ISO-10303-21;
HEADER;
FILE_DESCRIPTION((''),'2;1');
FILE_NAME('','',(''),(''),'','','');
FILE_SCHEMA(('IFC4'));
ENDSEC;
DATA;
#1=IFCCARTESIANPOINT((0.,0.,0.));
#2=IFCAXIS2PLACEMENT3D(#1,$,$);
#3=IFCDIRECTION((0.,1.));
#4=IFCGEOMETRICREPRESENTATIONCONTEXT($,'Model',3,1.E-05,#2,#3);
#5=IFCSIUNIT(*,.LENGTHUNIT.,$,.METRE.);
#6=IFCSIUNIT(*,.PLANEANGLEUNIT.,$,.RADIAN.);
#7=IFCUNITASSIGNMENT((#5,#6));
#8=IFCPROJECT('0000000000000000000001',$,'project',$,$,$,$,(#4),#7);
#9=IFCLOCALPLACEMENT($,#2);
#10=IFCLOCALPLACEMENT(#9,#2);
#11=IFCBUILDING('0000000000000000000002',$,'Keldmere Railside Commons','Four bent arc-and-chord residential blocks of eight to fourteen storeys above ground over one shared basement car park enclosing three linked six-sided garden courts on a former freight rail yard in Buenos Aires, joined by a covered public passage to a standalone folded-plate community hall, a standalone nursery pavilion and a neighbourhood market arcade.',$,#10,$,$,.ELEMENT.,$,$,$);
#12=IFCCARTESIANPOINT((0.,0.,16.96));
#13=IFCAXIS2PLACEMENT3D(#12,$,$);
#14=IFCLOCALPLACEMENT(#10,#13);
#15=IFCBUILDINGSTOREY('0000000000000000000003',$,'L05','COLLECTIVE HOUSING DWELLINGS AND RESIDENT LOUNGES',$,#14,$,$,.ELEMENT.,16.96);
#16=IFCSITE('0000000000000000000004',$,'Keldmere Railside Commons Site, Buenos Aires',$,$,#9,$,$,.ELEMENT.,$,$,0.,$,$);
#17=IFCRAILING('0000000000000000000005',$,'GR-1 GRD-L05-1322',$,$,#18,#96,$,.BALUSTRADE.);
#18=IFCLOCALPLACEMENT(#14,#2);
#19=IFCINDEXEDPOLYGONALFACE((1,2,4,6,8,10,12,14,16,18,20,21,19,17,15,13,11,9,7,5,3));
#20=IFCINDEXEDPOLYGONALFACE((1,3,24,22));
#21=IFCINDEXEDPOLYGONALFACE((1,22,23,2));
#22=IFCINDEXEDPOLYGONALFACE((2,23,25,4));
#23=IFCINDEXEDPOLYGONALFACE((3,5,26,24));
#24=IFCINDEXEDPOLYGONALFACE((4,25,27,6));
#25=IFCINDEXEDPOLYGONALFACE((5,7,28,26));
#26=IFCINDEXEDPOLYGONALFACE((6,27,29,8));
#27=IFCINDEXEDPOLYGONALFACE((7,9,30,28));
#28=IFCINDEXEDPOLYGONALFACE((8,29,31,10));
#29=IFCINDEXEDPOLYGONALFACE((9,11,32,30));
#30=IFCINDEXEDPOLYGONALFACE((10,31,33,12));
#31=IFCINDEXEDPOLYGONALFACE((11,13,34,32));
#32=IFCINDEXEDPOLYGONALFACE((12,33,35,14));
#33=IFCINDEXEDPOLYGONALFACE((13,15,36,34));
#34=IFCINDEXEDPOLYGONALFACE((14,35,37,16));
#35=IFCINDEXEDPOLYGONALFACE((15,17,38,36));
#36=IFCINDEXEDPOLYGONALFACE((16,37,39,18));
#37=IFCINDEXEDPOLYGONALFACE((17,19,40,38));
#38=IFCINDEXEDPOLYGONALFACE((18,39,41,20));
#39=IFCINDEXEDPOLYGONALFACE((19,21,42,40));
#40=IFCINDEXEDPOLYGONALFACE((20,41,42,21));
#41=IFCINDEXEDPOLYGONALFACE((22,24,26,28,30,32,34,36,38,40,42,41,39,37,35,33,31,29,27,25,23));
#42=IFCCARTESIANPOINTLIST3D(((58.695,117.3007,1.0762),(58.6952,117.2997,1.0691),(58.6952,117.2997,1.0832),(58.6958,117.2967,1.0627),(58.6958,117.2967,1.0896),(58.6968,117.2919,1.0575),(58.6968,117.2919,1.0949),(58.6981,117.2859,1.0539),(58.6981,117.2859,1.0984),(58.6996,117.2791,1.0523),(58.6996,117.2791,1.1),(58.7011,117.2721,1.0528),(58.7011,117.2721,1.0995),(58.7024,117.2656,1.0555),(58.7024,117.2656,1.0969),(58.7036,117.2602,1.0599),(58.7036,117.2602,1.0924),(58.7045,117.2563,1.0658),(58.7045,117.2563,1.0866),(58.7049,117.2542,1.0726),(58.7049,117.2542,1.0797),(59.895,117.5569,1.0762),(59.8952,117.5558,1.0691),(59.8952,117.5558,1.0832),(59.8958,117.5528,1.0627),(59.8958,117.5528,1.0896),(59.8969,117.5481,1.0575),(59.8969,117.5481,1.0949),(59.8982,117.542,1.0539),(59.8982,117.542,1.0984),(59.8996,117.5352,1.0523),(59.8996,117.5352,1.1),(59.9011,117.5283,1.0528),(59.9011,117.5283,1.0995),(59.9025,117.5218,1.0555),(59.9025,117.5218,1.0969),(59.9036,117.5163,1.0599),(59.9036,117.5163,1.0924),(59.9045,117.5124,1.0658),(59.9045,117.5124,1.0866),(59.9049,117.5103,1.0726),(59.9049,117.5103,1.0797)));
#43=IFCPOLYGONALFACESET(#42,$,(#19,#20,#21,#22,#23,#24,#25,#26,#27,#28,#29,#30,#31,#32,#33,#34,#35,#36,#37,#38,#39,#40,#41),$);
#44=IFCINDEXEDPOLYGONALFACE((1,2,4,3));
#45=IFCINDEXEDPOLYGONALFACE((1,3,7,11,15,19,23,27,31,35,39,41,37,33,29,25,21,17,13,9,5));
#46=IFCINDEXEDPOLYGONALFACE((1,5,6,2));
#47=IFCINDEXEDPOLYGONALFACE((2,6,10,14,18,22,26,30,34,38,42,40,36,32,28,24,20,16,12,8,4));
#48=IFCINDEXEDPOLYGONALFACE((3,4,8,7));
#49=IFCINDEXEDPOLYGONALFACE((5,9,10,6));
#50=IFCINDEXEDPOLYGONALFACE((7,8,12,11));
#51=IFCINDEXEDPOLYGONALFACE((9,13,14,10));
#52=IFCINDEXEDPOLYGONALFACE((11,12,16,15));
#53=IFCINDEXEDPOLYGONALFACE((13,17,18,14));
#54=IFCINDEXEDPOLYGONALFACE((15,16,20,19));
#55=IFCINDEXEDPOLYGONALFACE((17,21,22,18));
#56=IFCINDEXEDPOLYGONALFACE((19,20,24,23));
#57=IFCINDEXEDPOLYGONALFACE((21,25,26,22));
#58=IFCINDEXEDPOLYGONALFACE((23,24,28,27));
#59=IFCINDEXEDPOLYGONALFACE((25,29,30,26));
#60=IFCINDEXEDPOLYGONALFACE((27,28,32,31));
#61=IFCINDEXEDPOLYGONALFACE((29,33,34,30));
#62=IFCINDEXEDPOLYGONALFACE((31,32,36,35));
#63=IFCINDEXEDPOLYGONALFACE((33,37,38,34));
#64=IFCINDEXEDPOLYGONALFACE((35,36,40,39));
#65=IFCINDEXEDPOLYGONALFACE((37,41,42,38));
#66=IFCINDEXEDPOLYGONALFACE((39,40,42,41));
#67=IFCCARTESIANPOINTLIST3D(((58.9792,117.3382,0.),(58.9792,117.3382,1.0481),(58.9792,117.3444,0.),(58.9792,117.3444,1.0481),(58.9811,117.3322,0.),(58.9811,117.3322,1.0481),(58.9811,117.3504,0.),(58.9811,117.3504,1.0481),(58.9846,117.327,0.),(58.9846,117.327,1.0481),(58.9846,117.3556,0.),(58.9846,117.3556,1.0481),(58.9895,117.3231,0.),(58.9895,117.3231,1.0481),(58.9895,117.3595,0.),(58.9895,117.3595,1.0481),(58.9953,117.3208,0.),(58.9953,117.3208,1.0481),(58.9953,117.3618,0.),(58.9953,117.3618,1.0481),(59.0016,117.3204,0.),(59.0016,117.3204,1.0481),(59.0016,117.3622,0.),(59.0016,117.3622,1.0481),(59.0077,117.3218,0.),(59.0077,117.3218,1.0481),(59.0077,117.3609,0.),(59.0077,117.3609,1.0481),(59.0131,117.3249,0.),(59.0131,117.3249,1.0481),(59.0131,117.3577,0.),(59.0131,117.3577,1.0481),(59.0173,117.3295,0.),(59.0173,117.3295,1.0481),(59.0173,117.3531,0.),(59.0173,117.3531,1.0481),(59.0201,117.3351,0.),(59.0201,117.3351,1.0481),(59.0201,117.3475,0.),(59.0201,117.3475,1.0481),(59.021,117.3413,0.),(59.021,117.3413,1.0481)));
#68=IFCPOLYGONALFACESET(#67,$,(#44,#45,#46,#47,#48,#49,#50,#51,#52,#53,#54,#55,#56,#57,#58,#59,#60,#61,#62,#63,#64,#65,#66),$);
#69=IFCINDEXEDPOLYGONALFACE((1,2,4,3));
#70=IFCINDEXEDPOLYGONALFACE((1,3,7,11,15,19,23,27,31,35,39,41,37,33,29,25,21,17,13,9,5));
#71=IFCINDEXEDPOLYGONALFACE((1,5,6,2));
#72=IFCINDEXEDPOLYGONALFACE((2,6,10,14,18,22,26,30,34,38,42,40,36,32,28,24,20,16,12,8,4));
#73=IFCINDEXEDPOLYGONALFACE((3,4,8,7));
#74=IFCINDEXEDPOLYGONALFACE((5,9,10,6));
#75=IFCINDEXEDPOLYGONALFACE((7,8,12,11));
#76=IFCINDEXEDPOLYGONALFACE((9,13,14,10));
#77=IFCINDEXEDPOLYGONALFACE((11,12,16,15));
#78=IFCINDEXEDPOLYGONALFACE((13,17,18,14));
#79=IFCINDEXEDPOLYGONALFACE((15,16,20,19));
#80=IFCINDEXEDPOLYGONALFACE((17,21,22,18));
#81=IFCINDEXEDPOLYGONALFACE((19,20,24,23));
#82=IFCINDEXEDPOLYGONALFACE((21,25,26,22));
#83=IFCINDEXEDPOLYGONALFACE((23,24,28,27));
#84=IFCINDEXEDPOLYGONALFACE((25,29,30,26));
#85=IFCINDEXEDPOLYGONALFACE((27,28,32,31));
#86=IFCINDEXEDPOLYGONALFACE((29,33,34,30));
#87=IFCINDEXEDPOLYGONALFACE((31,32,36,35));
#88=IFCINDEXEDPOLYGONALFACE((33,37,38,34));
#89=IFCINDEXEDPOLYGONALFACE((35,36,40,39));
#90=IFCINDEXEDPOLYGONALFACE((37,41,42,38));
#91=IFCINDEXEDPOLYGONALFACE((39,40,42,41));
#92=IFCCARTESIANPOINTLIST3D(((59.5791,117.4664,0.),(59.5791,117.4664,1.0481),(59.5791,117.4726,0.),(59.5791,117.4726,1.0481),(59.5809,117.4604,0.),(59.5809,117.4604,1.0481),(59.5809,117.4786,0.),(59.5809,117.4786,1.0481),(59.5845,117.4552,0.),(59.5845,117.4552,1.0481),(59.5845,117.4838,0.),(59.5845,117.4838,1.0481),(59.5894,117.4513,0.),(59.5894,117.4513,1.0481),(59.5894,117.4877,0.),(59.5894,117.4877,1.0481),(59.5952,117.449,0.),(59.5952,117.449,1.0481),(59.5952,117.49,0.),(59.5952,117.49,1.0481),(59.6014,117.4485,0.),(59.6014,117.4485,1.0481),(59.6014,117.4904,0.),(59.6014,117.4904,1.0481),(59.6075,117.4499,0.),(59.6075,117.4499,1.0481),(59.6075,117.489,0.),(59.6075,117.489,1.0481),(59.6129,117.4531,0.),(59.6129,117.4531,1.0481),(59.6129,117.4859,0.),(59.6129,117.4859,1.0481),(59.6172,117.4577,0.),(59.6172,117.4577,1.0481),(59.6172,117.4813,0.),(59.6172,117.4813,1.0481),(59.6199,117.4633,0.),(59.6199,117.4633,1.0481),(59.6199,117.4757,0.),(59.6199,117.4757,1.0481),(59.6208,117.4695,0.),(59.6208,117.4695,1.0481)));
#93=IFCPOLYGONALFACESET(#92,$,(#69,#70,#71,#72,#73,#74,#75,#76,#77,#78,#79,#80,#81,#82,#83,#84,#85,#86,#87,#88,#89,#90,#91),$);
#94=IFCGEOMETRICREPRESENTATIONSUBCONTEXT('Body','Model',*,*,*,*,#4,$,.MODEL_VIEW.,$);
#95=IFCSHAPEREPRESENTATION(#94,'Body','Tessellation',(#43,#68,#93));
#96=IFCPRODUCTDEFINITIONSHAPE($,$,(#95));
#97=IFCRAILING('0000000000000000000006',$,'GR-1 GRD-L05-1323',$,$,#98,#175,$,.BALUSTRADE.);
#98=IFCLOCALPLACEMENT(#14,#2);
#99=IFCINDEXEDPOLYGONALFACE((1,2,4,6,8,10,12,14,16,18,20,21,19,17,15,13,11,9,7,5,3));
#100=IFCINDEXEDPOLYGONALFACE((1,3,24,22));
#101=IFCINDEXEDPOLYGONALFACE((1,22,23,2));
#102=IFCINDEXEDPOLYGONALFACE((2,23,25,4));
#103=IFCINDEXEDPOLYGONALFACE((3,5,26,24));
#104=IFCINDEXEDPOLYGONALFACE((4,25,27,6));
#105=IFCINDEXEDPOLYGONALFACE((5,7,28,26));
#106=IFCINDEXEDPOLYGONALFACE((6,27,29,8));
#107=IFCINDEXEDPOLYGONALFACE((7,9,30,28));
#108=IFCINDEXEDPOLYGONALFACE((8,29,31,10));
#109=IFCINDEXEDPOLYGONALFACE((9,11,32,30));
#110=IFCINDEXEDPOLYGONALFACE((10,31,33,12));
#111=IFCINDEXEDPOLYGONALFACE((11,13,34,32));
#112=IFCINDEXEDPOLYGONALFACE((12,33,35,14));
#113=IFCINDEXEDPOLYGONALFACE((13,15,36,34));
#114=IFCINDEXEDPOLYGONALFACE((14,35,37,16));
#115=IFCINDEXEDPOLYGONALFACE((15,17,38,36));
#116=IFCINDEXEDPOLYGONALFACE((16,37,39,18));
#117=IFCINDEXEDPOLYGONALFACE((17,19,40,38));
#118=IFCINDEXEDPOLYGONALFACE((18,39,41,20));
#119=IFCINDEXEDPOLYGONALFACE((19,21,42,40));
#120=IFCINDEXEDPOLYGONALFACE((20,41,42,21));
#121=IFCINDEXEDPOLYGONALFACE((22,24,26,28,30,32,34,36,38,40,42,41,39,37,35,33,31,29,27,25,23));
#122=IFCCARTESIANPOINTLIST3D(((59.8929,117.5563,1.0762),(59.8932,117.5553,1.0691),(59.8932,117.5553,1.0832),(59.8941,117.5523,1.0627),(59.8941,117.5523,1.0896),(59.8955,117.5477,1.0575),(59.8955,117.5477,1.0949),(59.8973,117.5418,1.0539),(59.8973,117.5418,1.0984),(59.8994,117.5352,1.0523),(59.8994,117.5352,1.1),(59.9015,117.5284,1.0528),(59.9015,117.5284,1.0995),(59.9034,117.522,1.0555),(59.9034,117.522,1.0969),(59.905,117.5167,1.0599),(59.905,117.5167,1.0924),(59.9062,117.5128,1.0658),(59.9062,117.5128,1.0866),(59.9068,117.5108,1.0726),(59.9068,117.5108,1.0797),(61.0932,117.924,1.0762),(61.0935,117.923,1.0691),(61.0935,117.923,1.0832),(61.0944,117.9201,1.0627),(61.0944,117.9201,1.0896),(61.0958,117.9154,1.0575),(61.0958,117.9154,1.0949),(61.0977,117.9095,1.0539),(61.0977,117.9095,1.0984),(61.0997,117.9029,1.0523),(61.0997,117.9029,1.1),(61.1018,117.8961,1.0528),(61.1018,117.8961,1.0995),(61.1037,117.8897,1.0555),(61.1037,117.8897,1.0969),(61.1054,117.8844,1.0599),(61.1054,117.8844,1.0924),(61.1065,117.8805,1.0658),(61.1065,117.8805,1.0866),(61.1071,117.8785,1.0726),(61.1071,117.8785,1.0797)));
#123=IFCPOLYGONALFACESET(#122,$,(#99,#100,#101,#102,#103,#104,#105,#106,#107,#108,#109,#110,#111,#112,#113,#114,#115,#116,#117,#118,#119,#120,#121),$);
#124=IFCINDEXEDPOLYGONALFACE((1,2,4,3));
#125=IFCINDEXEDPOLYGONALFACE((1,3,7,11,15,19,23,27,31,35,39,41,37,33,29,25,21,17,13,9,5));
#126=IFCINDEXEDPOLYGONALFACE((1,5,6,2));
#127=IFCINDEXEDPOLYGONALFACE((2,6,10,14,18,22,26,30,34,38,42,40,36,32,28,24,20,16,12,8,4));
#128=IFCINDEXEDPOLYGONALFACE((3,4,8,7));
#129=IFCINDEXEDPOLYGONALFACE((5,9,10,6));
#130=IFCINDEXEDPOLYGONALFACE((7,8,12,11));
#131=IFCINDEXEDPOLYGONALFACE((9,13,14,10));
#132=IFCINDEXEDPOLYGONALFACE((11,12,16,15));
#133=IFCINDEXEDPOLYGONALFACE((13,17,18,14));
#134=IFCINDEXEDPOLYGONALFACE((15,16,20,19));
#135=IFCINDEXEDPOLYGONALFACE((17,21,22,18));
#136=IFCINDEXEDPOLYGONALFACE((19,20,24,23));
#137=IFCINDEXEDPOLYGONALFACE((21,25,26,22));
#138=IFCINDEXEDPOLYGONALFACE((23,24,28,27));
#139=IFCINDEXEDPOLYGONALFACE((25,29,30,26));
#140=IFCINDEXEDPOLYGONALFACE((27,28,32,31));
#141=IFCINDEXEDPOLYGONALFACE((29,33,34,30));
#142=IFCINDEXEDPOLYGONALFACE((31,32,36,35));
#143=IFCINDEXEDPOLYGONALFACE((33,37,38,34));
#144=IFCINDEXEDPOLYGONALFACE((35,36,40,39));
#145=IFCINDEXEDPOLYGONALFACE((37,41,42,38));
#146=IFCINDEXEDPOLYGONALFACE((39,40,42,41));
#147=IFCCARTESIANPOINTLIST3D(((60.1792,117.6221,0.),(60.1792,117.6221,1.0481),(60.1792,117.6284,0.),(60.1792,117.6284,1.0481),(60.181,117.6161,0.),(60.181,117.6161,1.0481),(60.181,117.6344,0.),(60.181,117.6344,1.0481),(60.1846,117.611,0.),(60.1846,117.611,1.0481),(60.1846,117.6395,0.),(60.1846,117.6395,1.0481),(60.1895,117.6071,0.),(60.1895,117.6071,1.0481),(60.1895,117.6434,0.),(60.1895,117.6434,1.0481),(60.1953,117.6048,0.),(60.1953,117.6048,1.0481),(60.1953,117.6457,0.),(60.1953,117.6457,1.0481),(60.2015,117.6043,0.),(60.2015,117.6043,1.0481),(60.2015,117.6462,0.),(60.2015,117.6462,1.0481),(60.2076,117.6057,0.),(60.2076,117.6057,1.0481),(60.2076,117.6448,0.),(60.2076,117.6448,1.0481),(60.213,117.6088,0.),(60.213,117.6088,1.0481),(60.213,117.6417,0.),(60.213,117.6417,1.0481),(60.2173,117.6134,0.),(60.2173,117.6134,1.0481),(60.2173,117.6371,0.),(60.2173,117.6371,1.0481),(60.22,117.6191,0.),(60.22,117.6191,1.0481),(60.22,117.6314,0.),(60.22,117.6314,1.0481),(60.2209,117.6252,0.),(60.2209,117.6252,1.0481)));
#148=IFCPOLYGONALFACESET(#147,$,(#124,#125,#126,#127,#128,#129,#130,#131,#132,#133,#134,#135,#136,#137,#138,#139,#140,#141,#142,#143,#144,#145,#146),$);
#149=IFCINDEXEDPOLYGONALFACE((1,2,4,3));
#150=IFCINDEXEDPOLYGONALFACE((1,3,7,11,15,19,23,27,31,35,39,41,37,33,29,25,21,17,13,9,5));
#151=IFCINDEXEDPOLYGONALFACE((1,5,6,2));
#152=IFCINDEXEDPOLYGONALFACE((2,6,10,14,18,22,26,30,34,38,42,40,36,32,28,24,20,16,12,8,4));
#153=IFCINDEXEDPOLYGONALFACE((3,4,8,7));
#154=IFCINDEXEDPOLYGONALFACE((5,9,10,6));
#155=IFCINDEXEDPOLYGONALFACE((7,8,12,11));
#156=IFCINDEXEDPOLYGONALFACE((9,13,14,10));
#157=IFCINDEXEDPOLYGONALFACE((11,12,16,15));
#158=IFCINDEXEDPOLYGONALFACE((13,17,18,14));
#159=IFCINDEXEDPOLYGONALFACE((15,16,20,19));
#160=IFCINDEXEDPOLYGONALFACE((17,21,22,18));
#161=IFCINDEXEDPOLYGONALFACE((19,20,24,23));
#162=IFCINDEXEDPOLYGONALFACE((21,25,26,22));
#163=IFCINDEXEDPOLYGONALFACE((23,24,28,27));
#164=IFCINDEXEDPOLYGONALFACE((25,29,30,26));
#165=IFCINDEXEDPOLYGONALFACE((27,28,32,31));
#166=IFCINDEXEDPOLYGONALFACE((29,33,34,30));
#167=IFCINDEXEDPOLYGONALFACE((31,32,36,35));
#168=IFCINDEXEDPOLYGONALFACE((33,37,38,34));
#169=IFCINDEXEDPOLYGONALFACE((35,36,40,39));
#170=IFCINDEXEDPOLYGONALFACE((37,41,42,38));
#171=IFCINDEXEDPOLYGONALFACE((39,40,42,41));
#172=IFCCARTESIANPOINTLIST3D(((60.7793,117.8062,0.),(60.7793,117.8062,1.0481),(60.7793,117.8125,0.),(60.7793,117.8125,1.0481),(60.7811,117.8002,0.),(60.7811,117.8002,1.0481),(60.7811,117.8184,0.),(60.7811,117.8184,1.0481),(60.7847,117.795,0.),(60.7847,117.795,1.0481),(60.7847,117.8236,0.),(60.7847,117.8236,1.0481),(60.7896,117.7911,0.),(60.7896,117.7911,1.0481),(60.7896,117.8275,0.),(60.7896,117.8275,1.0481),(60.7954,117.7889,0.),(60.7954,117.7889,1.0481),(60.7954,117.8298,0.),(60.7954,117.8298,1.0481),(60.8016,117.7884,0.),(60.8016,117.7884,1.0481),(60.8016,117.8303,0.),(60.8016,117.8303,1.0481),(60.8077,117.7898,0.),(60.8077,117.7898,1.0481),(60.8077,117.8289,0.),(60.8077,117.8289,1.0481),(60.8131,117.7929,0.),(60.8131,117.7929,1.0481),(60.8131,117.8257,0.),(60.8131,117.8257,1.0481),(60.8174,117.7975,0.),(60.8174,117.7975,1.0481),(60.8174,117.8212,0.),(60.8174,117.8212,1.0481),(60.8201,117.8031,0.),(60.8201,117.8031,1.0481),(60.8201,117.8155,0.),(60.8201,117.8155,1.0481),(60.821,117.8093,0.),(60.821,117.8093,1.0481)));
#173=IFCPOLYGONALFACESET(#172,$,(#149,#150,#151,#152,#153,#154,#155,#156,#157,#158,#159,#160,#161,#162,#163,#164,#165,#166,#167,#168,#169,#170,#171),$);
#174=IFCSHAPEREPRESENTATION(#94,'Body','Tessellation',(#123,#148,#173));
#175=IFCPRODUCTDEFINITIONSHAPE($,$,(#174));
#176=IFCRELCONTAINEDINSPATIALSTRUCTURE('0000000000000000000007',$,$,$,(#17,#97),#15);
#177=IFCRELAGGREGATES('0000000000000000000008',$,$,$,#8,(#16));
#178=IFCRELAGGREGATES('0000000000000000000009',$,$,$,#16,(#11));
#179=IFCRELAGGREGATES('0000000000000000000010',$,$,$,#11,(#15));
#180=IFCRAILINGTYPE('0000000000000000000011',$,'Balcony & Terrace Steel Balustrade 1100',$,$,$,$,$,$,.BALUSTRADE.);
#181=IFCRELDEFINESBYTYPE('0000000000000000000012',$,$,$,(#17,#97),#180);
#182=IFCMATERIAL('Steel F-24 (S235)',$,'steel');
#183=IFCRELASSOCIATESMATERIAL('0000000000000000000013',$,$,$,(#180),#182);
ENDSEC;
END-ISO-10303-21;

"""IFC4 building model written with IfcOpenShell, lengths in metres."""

from ifc_helpers import new_model, si_unit, direction, frame, origin, origin_2d, place, context, subcontext, project, spatial, circle, extrude, material, type_object, element, save


model = new_model("IFC4")

# Units and contexts
model_context = context("Model", 3, precision=1e-05, world=origin(), true_north=direction((0.0, 1.0)))
body_context = subcontext(model_context, "Body", "Model", "MODEL_VIEW")
ifc_project = project(units=[si_unit("LENGTHUNIT", "METRE"), si_unit("PLANEANGLEUNIT", "RADIAN")], contexts=[model_context])

# Site, building, storey
site_placement = place(None, origin())
site = spatial("IfcSite", under=ifc_project, at=site_placement, Name="Keldmere Railside Commons Site, Buenos Aires", CompositionType="ELEMENT", RefElevation=0.0)
building_placement = place(site_placement, origin())
building = spatial("IfcBuilding", under=site, at=building_placement, Name="Keldmere Railside Commons", Description="Four bent arc-and-chord residential blocks of eight to fourteen storeys above ground over one shared basement car park enclosing three linked six-sided garden courts on a former freight rail yard in Buenos Aires, joined by a covered public passage to a standalone folded-plate community hall, a standalone nursery pavilion and a neighbourhood market arcade.", CompositionType="ELEMENT")
storey_placement = place(building_placement, frame((0.0, 0.0, 16.96)))
storey = spatial("IfcBuildingStorey", under=building, at=storey_placement, Name="L05", Description="COLLECTIVE HOUSING DWELLINGS AND RESIDENT LOUNGES", CompositionType="ELEMENT", Elevation=16.96)

# Shared definitions
ifc_material_1 = material(Name="Steel F-24 (S235)", Category="steel")

# Railings
railing_type = type_object("IfcRailingType", Name="Balcony & Terrace Steel Balustrade 1100", PredefinedType="BALUSTRADE", material=ifc_material_1)
railing_1_placement = place(storey_placement, frame((58.7, 117.2773, 0.0)))
element("IfcRailing", 1, at=railing_1_placement, inside=storey, type_object=railing_type, Name="GR-1 GRD-L05-1322", PredefinedType="BALUSTRADE", context=body_context, shape_type="SweptSolid", body=[
    extrude(circle(Radius=0.0239, at=origin_2d()), frame((0.0, 0.0, 1.0762), z_axis=(0.977974, 0.208727, 0.0), x_axis=(-0.208727, 0.977974, 0.0)), (0.0, 0.0, 1.0), 1.2271),
    extrude(circle(Radius=0.021, at=origin_2d()), frame((0.3, 0.064, 0.0)), (0.0, 0.0, 1.0), 1.0481),
    extrude(circle(Radius=0.021, at=origin_2d()), frame((0.8999, 0.1921, 0.0)), (0.0, 0.0, 1.0), 1.0481),
])
railing_2_placement = place(storey_placement, frame((59.8999, 117.5334, 0.0)))
element("IfcRailing", 2, at=railing_2_placement, inside=storey, type_object=railing_type, Name="GR-1 GRD-L05-1323", PredefinedType="BALUSTRADE", context=body_context, shape_type="SweptSolid", body=[
    extrude(circle(Radius=0.0239, at=origin_2d()), frame((0.0, 0.0, 1.0762), z_axis=(0.95614, 0.29291, 0.0), x_axis=(-0.29291, 0.95614, 0.0)), (0.0, 0.0, 1.0), 1.2554),
    extrude(circle(Radius=0.021, at=origin_2d()), frame((0.3, 0.0918, 0.0)), (0.0, 0.0, 1.0), 1.0481),
    extrude(circle(Radius=0.021, at=origin_2d()), frame((0.9001, 0.2759, 0.0)), (0.0, 0.0, 1.0), 1.0481),
])

save(model, "model.ifc")
